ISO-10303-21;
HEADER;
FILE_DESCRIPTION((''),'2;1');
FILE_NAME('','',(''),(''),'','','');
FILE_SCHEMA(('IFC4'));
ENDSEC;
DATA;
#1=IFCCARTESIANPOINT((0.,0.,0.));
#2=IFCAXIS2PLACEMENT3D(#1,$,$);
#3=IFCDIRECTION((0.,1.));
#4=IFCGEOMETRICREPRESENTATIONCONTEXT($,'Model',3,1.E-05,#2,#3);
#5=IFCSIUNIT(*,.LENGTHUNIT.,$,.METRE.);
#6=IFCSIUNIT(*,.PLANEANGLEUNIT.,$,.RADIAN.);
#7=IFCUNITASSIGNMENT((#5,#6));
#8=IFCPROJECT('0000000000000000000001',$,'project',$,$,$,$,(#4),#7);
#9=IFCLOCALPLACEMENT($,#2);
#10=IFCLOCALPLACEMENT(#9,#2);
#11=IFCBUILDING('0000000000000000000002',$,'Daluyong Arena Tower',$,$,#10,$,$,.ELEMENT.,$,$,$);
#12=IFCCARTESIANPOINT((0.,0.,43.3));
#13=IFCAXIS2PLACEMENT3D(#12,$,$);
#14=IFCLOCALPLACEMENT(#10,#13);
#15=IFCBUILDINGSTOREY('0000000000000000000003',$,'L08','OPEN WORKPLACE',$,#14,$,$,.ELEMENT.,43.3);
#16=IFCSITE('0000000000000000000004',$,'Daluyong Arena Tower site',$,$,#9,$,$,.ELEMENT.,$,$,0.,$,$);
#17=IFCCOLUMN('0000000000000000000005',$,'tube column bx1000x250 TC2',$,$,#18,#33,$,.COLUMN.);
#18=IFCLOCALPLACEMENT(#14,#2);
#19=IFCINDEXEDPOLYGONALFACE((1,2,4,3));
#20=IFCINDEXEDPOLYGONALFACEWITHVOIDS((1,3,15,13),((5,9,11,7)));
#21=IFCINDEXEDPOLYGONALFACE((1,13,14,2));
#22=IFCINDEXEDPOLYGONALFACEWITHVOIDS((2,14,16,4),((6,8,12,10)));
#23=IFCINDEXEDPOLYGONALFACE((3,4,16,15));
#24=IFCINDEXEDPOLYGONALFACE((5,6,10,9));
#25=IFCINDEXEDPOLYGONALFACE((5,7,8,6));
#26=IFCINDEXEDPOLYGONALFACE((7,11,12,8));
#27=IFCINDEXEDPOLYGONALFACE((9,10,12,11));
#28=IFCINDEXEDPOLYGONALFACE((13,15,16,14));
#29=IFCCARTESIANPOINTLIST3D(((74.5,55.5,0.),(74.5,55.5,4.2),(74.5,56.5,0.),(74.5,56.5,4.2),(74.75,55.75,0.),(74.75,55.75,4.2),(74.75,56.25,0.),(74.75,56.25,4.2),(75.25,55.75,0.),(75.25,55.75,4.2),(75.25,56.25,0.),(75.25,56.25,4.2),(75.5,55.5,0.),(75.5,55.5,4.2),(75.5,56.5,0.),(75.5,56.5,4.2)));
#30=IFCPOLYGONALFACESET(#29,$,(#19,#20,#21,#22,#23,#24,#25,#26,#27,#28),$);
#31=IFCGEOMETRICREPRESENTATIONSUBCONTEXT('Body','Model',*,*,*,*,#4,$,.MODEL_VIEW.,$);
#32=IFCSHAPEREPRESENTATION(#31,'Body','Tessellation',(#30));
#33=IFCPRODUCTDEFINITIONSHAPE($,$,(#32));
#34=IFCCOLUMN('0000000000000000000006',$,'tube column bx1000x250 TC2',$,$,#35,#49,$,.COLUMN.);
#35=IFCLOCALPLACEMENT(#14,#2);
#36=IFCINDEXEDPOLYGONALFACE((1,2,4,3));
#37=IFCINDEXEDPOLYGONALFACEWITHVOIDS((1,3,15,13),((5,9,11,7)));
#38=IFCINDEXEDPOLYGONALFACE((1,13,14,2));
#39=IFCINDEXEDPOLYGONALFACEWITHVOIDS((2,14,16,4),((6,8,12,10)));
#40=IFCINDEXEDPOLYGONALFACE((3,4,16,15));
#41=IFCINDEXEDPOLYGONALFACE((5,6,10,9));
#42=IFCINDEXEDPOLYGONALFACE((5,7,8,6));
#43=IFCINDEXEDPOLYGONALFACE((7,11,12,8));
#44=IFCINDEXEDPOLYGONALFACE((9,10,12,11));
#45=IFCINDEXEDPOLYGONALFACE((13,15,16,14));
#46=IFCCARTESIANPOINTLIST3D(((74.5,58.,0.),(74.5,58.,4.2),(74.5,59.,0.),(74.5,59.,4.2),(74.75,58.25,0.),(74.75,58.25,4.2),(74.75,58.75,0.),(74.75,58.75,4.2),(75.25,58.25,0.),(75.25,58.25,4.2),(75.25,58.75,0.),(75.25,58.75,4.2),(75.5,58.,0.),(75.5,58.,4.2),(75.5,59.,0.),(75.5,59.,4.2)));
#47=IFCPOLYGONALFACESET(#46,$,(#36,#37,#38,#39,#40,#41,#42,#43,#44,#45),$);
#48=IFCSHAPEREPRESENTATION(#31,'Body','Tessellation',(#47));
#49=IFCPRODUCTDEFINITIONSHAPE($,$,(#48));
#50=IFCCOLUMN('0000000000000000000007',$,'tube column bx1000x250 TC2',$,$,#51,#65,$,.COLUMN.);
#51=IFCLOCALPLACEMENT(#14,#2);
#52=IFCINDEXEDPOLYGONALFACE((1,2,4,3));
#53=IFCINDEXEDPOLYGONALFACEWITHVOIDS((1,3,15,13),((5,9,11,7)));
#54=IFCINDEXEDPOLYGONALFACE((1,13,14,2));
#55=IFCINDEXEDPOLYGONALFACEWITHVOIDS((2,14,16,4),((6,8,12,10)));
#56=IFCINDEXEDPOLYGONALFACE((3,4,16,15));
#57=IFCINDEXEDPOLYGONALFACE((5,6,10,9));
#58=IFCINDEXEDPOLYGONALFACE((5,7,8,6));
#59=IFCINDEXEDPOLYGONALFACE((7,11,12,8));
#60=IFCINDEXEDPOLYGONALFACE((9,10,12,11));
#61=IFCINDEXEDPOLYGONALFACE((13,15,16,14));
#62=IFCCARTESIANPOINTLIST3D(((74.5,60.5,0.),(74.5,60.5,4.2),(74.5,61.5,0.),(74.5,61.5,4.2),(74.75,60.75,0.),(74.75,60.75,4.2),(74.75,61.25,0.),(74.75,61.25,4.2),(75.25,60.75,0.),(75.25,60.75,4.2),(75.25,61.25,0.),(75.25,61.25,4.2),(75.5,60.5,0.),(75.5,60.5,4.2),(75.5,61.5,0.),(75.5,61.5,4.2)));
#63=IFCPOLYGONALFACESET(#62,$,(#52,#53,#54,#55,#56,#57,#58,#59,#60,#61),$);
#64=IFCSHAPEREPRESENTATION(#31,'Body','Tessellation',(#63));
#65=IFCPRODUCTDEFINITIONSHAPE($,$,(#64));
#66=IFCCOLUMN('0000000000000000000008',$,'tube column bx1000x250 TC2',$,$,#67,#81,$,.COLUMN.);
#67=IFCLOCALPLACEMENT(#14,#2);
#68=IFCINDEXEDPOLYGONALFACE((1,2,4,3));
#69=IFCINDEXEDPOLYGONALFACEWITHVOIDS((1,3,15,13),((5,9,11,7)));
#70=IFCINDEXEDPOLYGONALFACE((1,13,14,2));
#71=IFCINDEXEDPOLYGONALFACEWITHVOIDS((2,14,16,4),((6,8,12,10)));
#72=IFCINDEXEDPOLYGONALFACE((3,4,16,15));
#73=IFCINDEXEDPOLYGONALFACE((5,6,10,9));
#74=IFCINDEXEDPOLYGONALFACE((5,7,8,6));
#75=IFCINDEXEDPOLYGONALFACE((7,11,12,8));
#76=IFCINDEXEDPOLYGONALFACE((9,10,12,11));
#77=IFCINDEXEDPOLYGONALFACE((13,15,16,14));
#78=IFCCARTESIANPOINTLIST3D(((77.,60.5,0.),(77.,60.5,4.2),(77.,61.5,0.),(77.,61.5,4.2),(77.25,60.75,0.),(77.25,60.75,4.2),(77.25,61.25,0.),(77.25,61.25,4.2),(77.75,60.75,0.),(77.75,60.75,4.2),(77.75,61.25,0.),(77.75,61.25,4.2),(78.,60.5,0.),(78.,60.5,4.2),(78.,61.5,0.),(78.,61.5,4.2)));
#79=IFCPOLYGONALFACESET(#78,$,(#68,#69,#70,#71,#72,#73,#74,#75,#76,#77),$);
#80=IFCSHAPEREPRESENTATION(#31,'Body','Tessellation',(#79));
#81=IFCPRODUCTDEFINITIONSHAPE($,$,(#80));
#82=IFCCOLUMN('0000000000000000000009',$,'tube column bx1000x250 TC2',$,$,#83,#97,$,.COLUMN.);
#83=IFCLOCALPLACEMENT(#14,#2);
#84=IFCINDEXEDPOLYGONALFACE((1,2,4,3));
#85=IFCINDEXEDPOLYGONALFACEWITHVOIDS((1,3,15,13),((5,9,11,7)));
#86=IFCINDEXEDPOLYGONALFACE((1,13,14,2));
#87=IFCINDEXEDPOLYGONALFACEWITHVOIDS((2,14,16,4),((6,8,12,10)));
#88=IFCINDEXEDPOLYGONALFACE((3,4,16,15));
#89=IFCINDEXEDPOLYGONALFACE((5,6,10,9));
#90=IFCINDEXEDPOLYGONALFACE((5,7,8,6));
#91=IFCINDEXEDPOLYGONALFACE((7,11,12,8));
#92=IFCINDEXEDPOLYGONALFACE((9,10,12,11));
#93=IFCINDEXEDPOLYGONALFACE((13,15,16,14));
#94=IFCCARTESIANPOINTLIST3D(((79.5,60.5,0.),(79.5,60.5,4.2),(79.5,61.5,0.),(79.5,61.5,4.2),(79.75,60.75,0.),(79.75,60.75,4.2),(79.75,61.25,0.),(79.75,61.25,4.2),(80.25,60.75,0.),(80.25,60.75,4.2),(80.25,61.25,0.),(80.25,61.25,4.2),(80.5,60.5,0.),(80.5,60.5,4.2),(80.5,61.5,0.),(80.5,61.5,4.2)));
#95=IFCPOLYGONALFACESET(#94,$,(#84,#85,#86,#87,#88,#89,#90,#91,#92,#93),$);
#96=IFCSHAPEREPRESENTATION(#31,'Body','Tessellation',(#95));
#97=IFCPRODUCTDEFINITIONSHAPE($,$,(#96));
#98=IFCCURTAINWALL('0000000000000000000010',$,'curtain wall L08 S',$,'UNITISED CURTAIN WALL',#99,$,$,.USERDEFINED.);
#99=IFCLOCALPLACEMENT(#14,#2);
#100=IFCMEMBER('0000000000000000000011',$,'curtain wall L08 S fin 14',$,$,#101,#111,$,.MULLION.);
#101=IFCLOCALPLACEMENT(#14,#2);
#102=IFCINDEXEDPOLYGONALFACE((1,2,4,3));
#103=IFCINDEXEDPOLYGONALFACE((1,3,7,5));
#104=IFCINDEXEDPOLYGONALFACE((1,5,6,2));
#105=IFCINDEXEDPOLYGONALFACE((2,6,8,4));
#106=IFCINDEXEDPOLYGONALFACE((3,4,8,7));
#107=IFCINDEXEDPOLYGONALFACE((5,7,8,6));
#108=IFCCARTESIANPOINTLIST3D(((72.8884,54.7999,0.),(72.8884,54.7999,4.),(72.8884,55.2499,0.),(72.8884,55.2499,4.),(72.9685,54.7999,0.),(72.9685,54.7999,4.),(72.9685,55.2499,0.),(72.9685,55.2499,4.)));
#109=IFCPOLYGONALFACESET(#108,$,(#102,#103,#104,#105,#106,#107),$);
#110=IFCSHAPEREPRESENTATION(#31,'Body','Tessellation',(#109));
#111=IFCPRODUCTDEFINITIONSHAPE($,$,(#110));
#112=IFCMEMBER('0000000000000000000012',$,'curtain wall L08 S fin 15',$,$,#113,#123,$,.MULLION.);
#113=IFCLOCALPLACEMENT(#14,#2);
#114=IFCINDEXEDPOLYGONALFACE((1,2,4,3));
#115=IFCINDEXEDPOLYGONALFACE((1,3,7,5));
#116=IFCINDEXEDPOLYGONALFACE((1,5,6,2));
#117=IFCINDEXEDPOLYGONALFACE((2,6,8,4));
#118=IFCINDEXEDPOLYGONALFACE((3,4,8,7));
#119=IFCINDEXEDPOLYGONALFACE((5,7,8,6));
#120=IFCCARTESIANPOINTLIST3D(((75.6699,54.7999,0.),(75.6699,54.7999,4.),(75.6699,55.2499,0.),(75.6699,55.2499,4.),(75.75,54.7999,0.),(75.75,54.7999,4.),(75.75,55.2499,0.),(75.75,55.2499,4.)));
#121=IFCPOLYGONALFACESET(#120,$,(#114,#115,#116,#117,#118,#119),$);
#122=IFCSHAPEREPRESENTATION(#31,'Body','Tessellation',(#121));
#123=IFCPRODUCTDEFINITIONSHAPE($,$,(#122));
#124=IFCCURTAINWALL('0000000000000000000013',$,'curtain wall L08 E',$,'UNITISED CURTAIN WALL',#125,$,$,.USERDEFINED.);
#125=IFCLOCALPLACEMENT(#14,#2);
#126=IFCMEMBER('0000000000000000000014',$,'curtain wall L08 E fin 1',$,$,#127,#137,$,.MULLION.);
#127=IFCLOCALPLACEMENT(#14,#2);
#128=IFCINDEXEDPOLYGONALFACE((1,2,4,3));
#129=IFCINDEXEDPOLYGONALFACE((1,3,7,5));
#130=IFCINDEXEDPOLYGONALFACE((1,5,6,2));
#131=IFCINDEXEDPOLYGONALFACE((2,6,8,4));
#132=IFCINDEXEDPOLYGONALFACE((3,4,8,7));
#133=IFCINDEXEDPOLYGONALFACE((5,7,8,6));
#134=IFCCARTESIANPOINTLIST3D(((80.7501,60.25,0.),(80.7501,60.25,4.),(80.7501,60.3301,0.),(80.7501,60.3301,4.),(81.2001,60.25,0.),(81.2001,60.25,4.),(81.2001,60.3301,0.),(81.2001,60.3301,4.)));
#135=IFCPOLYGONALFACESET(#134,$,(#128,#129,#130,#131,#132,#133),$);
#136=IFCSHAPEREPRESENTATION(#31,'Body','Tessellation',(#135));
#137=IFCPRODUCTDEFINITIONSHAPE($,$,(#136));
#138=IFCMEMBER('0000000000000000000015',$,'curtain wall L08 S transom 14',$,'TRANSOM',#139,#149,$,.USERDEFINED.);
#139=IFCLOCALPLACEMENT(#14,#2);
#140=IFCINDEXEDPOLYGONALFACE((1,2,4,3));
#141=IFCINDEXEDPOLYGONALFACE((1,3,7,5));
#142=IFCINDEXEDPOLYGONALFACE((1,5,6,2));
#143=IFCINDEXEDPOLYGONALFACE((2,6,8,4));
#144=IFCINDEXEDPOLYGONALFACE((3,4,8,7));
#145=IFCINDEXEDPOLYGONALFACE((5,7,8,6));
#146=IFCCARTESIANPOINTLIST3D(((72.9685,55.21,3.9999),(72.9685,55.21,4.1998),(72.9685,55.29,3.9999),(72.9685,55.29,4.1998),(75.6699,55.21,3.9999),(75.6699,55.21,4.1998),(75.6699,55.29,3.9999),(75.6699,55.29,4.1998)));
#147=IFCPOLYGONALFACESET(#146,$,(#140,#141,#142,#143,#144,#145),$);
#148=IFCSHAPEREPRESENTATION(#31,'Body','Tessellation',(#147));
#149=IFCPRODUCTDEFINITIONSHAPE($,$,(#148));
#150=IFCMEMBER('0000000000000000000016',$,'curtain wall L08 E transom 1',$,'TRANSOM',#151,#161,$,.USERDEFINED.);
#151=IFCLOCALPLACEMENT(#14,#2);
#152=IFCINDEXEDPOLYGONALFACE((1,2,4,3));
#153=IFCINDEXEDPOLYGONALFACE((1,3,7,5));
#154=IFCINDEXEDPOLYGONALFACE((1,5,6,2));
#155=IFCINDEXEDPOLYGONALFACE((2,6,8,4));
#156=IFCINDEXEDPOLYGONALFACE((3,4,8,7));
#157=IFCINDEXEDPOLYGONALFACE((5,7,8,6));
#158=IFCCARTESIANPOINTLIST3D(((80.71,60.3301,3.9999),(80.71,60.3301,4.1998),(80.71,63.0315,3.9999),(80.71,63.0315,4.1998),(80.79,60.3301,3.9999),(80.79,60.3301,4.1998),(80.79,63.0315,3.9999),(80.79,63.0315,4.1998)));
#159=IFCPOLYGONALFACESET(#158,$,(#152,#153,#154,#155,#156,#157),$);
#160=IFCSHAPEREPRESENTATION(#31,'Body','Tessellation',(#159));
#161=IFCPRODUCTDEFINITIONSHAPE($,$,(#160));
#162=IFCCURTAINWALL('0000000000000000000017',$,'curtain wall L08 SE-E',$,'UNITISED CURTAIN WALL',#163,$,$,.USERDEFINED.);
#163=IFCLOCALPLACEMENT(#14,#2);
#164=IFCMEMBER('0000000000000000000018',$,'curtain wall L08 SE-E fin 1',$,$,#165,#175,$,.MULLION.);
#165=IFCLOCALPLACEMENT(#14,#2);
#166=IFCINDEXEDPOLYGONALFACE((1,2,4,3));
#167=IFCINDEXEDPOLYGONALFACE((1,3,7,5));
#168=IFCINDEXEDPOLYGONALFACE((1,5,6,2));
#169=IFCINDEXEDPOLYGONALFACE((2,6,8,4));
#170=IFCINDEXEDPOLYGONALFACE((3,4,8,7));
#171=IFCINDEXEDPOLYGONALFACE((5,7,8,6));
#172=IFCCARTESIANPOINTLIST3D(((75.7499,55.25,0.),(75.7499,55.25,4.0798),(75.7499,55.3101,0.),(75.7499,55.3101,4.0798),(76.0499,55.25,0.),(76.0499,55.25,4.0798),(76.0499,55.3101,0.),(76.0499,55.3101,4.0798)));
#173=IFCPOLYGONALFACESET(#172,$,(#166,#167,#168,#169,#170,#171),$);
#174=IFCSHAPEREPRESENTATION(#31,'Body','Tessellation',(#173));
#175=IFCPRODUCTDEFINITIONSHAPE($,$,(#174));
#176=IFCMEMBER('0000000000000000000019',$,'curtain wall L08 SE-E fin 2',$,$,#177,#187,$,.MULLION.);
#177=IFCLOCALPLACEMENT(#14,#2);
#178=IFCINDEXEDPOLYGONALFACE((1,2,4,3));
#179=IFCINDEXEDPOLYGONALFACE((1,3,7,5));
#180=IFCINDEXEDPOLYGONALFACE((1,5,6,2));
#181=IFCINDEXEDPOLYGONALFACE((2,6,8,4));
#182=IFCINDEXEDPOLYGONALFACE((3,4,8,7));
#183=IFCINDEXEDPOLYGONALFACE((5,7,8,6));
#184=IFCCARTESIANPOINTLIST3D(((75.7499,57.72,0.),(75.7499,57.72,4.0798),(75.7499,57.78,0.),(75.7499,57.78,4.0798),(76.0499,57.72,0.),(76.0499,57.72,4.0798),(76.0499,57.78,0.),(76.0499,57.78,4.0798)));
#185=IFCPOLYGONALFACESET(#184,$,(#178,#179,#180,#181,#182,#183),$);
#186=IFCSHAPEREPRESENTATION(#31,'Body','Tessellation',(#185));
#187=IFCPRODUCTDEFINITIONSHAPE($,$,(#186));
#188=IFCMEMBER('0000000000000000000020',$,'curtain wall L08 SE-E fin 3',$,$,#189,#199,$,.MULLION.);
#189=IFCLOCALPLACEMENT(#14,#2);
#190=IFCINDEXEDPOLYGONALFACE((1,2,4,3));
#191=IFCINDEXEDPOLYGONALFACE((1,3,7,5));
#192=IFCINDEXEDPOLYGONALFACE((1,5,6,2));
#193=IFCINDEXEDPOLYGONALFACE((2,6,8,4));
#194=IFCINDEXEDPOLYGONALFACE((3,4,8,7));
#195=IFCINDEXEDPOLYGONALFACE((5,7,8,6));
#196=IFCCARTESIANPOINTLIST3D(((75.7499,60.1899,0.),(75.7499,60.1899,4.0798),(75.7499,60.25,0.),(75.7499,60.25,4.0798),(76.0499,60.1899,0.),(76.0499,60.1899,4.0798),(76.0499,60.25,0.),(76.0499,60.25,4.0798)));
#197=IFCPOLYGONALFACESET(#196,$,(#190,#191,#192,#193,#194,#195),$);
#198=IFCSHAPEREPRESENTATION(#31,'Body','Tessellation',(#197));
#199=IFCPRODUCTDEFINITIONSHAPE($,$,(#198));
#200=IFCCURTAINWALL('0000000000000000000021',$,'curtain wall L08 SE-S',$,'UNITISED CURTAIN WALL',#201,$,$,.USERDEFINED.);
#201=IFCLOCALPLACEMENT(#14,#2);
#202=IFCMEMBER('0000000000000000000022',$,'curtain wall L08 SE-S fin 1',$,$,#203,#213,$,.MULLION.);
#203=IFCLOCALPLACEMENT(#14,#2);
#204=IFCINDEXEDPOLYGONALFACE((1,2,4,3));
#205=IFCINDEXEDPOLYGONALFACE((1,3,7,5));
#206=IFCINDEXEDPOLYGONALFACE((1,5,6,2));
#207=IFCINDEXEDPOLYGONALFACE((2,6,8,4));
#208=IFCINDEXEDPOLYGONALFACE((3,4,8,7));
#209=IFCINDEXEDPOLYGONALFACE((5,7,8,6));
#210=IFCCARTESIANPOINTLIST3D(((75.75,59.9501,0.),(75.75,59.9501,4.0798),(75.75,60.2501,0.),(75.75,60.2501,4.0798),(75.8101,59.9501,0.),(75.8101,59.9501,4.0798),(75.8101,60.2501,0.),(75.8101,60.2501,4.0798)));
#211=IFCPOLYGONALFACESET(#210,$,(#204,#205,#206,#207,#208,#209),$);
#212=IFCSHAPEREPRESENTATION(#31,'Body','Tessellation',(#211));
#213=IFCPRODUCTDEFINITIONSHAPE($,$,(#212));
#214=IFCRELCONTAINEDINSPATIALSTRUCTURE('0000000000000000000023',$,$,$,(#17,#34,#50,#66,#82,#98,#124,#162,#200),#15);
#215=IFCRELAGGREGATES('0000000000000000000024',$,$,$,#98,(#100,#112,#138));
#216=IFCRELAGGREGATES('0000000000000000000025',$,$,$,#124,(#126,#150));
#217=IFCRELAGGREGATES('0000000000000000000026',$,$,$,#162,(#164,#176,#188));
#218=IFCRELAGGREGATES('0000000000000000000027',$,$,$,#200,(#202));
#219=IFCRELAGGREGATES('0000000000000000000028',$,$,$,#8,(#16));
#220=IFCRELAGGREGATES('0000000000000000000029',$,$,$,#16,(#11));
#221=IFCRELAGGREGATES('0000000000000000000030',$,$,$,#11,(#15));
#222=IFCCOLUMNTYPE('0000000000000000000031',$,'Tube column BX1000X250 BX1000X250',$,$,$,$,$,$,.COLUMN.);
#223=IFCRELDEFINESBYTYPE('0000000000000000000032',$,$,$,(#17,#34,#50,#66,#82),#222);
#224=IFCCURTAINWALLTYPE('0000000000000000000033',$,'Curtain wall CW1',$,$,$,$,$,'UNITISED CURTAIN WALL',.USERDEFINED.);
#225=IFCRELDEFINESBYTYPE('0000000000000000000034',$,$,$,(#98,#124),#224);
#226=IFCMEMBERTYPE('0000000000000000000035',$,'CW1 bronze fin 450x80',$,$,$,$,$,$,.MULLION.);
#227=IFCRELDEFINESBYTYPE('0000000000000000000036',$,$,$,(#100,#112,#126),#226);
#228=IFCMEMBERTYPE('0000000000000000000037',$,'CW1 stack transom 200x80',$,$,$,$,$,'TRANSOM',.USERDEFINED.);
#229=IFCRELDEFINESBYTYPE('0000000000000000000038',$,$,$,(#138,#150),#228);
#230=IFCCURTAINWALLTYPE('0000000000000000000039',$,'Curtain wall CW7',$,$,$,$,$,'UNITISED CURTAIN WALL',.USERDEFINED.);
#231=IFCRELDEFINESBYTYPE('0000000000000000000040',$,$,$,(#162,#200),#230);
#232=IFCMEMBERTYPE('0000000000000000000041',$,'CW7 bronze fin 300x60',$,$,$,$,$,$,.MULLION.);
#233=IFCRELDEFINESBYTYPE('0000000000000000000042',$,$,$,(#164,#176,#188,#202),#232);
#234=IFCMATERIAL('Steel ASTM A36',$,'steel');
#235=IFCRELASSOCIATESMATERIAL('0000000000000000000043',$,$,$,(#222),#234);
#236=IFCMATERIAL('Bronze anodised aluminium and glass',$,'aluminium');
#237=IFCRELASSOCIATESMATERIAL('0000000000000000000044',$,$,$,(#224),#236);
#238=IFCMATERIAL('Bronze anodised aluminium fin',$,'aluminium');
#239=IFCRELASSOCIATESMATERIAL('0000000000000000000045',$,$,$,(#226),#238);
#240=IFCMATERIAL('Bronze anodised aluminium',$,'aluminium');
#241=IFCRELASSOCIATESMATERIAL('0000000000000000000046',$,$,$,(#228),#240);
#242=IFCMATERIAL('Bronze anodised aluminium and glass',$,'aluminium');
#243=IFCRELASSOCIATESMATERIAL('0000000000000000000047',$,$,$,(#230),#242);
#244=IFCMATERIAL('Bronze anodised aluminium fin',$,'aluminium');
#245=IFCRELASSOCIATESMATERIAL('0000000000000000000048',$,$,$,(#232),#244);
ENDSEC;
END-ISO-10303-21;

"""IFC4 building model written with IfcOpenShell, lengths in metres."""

from ifc_helpers import new_model, si_unit, direction, frame, origin, origin_2d, place, context, subcontext, project, spatial, rectangle, hollow_rectangle, extrude, material, material_profile, profile_set, type_object, element, aggregate, save


model = new_model("IFC4")

# Units and contexts
model_context = context("Model", 3, precision=1e-05, world=origin(), true_north=direction((0.0, 1.0)))
body_context = subcontext(model_context, "Body", "Model", "MODEL_VIEW")
ifc_project = project(units=[si_unit("LENGTHUNIT", "METRE"), si_unit("PLANEANGLEUNIT", "RADIAN")], contexts=[model_context])

# Site, building, storey
site_placement = place(None, origin())
site = spatial("IfcSite", under=ifc_project, at=site_placement, Name="Daluyong Arena Tower site", CompositionType="ELEMENT", RefElevation=0.0)
building_placement = place(site_placement, origin())
building = spatial("IfcBuilding", under=site, at=building_placement, Name="Daluyong Arena Tower", CompositionType="ELEMENT")
storey_placement = place(building_placement, frame((0.0, 0.0, 43.3)))
storey = spatial("IfcBuildingStorey", under=building, at=storey_placement, Name="L08", Description="OPEN WORKPLACE", CompositionType="ELEMENT", Elevation=43.3)

# Columns
ifc_material_1 = material(Name="Steel ASTM A36", Category="steel")
ifc_material_profile_1 = material_profile(ifc_material_1, hollow_rectangle(XDim=1.0, YDim=1.0, WallThickness=0.25, at=origin_2d()))
ifc_profile_set_1 = profile_set([ifc_material_profile_1], Name="Steel ASTM A36")
column_type = type_object("IfcColumnType", Name="Tube column BX1000X250 BX1000X250", PredefinedType="COLUMN", material=ifc_profile_set_1)
for number, where, z_axis, x_axis, name in (
    (1, (75.0, 56.0, 0.0), (0.0, 0.0, 1.0), (0.0, 1.0, 0.0), "tube column bx1000x250 TC2"),
    (2, (75.0, 58.5, 0.0), (0.0, 0.0, 1.0), (0.0, 1.0, 0.0), "tube column bx1000x250 TC2"),
    (3, (75.0, 61.0, 0.0), (0.0, 0.0, 1.0), (1.0, 0.0, 0.0), "tube column bx1000x250 TC2"),
    (4, (77.5, 61.0, 0.0), (0.0, 0.0, 1.0), (1.0, 0.0, 0.0), "tube column bx1000x250 TC2"),
    (5, (80.0, 61.0, 0.0), (0.0, 0.0, 1.0), (0.0, 1.0, 0.0), "tube column bx1000x250 TC2"),
):
    element("IfcColumn", number, at=place(storey_placement, frame(where, z_axis=z_axis, x_axis=x_axis)), inside=storey, type_object=column_type, Name=name, PredefinedType="COLUMN", context=body_context, shape_type="SweptSolid", body=[
        extrude(hollow_rectangle(XDim=1.0, YDim=1.0, WallThickness=0.25, at=origin_2d()), origin(), (0.0, 0.0, 1.0), 4.2),
    ])

# Curtain wall, members
ifc_material_2 = material(Name="Bronze anodised aluminium and glass", Category="aluminium")
curtain_wall_type_1 = type_object("IfcCurtainWallType", Name="Curtain wall CW1", ElementType="UNITISED CURTAIN WALL", PredefinedType="USERDEFINED", material=ifc_material_2)
curtain_wall_1_placement = place(storey_placement, origin())
curtain_wall_1 = element("IfcCurtainWall", 6, at=curtain_wall_1_placement, inside=storey, type_object=curtain_wall_type_1, Name="curtain wall L08 S", ObjectType="UNITISED CURTAIN WALL", PredefinedType="USERDEFINED")
ifc_material_3 = material(Name="Bronze anodised aluminium fin", Category="aluminium")
ifc_material_profile_2 = material_profile(ifc_material_3, rectangle(XDim=0.45, YDim=0.0801, at=origin_2d()))
ifc_profile_set_2 = profile_set([ifc_material_profile_2], Name="Bronze anodised aluminium fin")
member_type_1 = type_object("IfcMemberType", Name="CW1 bronze fin 450x80", PredefinedType="MULLION", material=ifc_profile_set_2)
member_1_placement = place(storey_placement, frame((72.9285, 55.0249, 0.0), z_axis=(0.0, 0.0, 1.0), x_axis=(0.0, 1.0, 0.0)))
member_1 = element("IfcMember", 7, at=member_1_placement, type_object=member_type_1, Name="curtain wall L08 S fin 14", PredefinedType="MULLION", context=body_context, shape_type="SweptSolid", body=[
    extrude(rectangle(XDim=0.45, YDim=0.0801, at=origin_2d()), origin(), (0.0, 0.0, 1.0), 4.0),
])
member_2_placement = place(storey_placement, frame((75.71, 55.0249, 0.0), z_axis=(0.0, 0.0, 1.0), x_axis=(0.0, 1.0, 0.0)))
member_2 = element("IfcMember", 8, at=member_2_placement, type_object=member_type_1, Name="curtain wall L08 S fin 15", PredefinedType="MULLION", context=body_context, shape_type="SweptSolid", body=[
    extrude(rectangle(XDim=0.45, YDim=0.0801, at=origin_2d()), origin(), (0.0, 0.0, 1.0), 4.0),
])

# Curtain wall, member
curtain_wall_2_placement = place(storey_placement, origin())
curtain_wall_2 = element("IfcCurtainWall", 9, at=curtain_wall_2_placement, inside=storey, type_object=curtain_wall_type_1, Name="curtain wall L08 E", ObjectType="UNITISED CURTAIN WALL", PredefinedType="USERDEFINED")
member_3_placement = place(storey_placement, frame((80.9751, 60.29, 0.0), z_axis=(0.0, 0.0, 1.0), x_axis=(-1.0, 0.0, 0.0)))
member_3 = element("IfcMember", 10, at=member_3_placement, type_object=member_type_1, Name="curtain wall L08 E fin 1", PredefinedType="MULLION", context=body_context, shape_type="SweptSolid", body=[
    extrude(rectangle(XDim=0.45, YDim=0.0801, at=origin_2d()), origin(), (0.0, 0.0, 1.0), 4.0),
])

# Members
ifc_material_4 = material(Name="Bronze anodised aluminium", Category="aluminium")
ifc_material_profile_3 = material_profile(ifc_material_4, rectangle(XDim=0.0801, YDim=0.2, at=origin_2d()))
ifc_profile_set_3 = profile_set([ifc_material_profile_3], Name="Bronze anodised aluminium")
member_type_2 = type_object("IfcMemberType", Name="CW1 stack transom 200x80", ElementType="TRANSOM", PredefinedType="USERDEFINED", material=ifc_profile_set_3)
member_4_placement = place(storey_placement, frame((72.9685, 55.25, 4.0999), z_axis=(1.0, 0.0, 0.0), x_axis=(0.0, 1.0, 0.0)))
member_4 = element("IfcMember", 11, at=member_4_placement, type_object=member_type_2, Name="curtain wall L08 S transom 14", ObjectType="TRANSOM", PredefinedType="USERDEFINED", context=body_context, shape_type="SweptSolid", body=[
    extrude(rectangle(XDim=0.0801, YDim=0.2, at=origin_2d()), origin(), (0.0, 0.0, 1.0), 2.7014),
])
member_5_placement = place(storey_placement, frame((80.75, 60.3301, 4.0999), z_axis=(0.0, 1.0, 0.0), x_axis=(-1.0, 0.0, 0.0)))
member_5 = element("IfcMember", 12, at=member_5_placement, type_object=member_type_2, Name="curtain wall L08 E transom 1", ObjectType="TRANSOM", PredefinedType="USERDEFINED", context=body_context, shape_type="SweptSolid", body=[
    extrude(rectangle(XDim=0.0801, YDim=0.2, at=origin_2d()), origin(), (0.0, 0.0, 1.0), 2.7014),
])

# Curtain walls, members
ifc_material_5 = material(Name="Bronze anodised aluminium and glass", Category="aluminium")
curtain_wall_type_2 = type_object("IfcCurtainWallType", Name="Curtain wall CW7", ElementType="UNITISED CURTAIN WALL", PredefinedType="USERDEFINED", material=ifc_material_5)
curtain_wall_3_placement = place(storey_placement, origin())
curtain_wall_3 = element("IfcCurtainWall", 13, at=curtain_wall_3_placement, inside=storey, type_object=curtain_wall_type_2, Name="curtain wall L08 SE-E", ObjectType="UNITISED CURTAIN WALL", PredefinedType="USERDEFINED")
ifc_material_6 = material(Name="Bronze anodised aluminium fin", Category="aluminium")
ifc_material_profile_4 = material_profile(ifc_material_6, rectangle(XDim=0.3, YDim=0.0601, at=origin_2d()))
ifc_profile_set_4 = profile_set([ifc_material_profile_4], Name="Bronze anodised aluminium fin")
member_type_3 = type_object("IfcMemberType", Name="CW7 bronze fin 300x60", PredefinedType="MULLION", material=ifc_profile_set_4)
member_6_placement = place(storey_placement, frame((75.8999, 55.28, 0.0), z_axis=(0.0, 0.0, 1.0), x_axis=(-1.0, 0.0, 0.0)))
member_6 = element("IfcMember", 14, at=member_6_placement, type_object=member_type_3, Name="curtain wall L08 SE-E fin 1", PredefinedType="MULLION", context=body_context, shape_type="SweptSolid", body=[
    extrude(rectangle(XDim=0.3, YDim=0.0601, at=origin_2d()), origin(), (0.0, 0.0, 1.0), 4.0798),
])
member_7_placement = place(storey_placement, frame((75.8999, 57.75, 0.0), z_axis=(0.0, 0.0, 1.0), x_axis=(-1.0, 0.0, 0.0)))
member_7 = element("IfcMember", 15, at=member_7_placement, type_object=member_type_3, Name="curtain wall L08 SE-E fin 2", PredefinedType="MULLION", context=body_context, shape_type="SweptSolid", body=[
    extrude(rectangle(XDim=0.3, YDim=0.0601, at=origin_2d()), origin(), (0.0, 0.0, 1.0), 4.0798),
])
member_8_placement = place(storey_placement, frame((75.8999, 60.22, 0.0), z_axis=(0.0, 0.0, 1.0), x_axis=(-1.0, 0.0, 0.0)))
member_8 = element("IfcMember", 16, at=member_8_placement, type_object=member_type_3, Name="curtain wall L08 SE-E fin 3", PredefinedType="MULLION", context=body_context, shape_type="SweptSolid", body=[
    extrude(rectangle(XDim=0.3, YDim=0.0601, at=origin_2d()), origin(), (0.0, 0.0, 1.0), 4.0798),
])
curtain_wall_4_placement = place(storey_placement, origin())
curtain_wall_4 = element("IfcCurtainWall", 17, at=curtain_wall_4_placement, inside=storey, type_object=curtain_wall_type_2, Name="curtain wall L08 SE-S", ObjectType="UNITISED CURTAIN WALL", PredefinedType="USERDEFINED")
member_9_placement = place(storey_placement, frame((75.78, 60.1001, 0.0), z_axis=(0.0, 0.0, 1.0), x_axis=(0.0, 1.0, 0.0)))
member_9 = element("IfcMember", 18, at=member_9_placement, type_object=member_type_3, Name="curtain wall L08 SE-S fin 1", PredefinedType="MULLION", context=body_context, shape_type="SweptSolid", body=[
    extrude(rectangle(XDim=0.3, YDim=0.0601, at=origin_2d()), origin(), (0.0, 0.0, 1.0), 4.0798),
])

aggregate(curtain_wall_1, [member_1, member_2, member_4])
aggregate(curtain_wall_2, [member_3, member_5])
aggregate(curtain_wall_3, [member_6, member_7, member_8])
aggregate(curtain_wall_4, [member_9])

save(model, "model.ifc")
